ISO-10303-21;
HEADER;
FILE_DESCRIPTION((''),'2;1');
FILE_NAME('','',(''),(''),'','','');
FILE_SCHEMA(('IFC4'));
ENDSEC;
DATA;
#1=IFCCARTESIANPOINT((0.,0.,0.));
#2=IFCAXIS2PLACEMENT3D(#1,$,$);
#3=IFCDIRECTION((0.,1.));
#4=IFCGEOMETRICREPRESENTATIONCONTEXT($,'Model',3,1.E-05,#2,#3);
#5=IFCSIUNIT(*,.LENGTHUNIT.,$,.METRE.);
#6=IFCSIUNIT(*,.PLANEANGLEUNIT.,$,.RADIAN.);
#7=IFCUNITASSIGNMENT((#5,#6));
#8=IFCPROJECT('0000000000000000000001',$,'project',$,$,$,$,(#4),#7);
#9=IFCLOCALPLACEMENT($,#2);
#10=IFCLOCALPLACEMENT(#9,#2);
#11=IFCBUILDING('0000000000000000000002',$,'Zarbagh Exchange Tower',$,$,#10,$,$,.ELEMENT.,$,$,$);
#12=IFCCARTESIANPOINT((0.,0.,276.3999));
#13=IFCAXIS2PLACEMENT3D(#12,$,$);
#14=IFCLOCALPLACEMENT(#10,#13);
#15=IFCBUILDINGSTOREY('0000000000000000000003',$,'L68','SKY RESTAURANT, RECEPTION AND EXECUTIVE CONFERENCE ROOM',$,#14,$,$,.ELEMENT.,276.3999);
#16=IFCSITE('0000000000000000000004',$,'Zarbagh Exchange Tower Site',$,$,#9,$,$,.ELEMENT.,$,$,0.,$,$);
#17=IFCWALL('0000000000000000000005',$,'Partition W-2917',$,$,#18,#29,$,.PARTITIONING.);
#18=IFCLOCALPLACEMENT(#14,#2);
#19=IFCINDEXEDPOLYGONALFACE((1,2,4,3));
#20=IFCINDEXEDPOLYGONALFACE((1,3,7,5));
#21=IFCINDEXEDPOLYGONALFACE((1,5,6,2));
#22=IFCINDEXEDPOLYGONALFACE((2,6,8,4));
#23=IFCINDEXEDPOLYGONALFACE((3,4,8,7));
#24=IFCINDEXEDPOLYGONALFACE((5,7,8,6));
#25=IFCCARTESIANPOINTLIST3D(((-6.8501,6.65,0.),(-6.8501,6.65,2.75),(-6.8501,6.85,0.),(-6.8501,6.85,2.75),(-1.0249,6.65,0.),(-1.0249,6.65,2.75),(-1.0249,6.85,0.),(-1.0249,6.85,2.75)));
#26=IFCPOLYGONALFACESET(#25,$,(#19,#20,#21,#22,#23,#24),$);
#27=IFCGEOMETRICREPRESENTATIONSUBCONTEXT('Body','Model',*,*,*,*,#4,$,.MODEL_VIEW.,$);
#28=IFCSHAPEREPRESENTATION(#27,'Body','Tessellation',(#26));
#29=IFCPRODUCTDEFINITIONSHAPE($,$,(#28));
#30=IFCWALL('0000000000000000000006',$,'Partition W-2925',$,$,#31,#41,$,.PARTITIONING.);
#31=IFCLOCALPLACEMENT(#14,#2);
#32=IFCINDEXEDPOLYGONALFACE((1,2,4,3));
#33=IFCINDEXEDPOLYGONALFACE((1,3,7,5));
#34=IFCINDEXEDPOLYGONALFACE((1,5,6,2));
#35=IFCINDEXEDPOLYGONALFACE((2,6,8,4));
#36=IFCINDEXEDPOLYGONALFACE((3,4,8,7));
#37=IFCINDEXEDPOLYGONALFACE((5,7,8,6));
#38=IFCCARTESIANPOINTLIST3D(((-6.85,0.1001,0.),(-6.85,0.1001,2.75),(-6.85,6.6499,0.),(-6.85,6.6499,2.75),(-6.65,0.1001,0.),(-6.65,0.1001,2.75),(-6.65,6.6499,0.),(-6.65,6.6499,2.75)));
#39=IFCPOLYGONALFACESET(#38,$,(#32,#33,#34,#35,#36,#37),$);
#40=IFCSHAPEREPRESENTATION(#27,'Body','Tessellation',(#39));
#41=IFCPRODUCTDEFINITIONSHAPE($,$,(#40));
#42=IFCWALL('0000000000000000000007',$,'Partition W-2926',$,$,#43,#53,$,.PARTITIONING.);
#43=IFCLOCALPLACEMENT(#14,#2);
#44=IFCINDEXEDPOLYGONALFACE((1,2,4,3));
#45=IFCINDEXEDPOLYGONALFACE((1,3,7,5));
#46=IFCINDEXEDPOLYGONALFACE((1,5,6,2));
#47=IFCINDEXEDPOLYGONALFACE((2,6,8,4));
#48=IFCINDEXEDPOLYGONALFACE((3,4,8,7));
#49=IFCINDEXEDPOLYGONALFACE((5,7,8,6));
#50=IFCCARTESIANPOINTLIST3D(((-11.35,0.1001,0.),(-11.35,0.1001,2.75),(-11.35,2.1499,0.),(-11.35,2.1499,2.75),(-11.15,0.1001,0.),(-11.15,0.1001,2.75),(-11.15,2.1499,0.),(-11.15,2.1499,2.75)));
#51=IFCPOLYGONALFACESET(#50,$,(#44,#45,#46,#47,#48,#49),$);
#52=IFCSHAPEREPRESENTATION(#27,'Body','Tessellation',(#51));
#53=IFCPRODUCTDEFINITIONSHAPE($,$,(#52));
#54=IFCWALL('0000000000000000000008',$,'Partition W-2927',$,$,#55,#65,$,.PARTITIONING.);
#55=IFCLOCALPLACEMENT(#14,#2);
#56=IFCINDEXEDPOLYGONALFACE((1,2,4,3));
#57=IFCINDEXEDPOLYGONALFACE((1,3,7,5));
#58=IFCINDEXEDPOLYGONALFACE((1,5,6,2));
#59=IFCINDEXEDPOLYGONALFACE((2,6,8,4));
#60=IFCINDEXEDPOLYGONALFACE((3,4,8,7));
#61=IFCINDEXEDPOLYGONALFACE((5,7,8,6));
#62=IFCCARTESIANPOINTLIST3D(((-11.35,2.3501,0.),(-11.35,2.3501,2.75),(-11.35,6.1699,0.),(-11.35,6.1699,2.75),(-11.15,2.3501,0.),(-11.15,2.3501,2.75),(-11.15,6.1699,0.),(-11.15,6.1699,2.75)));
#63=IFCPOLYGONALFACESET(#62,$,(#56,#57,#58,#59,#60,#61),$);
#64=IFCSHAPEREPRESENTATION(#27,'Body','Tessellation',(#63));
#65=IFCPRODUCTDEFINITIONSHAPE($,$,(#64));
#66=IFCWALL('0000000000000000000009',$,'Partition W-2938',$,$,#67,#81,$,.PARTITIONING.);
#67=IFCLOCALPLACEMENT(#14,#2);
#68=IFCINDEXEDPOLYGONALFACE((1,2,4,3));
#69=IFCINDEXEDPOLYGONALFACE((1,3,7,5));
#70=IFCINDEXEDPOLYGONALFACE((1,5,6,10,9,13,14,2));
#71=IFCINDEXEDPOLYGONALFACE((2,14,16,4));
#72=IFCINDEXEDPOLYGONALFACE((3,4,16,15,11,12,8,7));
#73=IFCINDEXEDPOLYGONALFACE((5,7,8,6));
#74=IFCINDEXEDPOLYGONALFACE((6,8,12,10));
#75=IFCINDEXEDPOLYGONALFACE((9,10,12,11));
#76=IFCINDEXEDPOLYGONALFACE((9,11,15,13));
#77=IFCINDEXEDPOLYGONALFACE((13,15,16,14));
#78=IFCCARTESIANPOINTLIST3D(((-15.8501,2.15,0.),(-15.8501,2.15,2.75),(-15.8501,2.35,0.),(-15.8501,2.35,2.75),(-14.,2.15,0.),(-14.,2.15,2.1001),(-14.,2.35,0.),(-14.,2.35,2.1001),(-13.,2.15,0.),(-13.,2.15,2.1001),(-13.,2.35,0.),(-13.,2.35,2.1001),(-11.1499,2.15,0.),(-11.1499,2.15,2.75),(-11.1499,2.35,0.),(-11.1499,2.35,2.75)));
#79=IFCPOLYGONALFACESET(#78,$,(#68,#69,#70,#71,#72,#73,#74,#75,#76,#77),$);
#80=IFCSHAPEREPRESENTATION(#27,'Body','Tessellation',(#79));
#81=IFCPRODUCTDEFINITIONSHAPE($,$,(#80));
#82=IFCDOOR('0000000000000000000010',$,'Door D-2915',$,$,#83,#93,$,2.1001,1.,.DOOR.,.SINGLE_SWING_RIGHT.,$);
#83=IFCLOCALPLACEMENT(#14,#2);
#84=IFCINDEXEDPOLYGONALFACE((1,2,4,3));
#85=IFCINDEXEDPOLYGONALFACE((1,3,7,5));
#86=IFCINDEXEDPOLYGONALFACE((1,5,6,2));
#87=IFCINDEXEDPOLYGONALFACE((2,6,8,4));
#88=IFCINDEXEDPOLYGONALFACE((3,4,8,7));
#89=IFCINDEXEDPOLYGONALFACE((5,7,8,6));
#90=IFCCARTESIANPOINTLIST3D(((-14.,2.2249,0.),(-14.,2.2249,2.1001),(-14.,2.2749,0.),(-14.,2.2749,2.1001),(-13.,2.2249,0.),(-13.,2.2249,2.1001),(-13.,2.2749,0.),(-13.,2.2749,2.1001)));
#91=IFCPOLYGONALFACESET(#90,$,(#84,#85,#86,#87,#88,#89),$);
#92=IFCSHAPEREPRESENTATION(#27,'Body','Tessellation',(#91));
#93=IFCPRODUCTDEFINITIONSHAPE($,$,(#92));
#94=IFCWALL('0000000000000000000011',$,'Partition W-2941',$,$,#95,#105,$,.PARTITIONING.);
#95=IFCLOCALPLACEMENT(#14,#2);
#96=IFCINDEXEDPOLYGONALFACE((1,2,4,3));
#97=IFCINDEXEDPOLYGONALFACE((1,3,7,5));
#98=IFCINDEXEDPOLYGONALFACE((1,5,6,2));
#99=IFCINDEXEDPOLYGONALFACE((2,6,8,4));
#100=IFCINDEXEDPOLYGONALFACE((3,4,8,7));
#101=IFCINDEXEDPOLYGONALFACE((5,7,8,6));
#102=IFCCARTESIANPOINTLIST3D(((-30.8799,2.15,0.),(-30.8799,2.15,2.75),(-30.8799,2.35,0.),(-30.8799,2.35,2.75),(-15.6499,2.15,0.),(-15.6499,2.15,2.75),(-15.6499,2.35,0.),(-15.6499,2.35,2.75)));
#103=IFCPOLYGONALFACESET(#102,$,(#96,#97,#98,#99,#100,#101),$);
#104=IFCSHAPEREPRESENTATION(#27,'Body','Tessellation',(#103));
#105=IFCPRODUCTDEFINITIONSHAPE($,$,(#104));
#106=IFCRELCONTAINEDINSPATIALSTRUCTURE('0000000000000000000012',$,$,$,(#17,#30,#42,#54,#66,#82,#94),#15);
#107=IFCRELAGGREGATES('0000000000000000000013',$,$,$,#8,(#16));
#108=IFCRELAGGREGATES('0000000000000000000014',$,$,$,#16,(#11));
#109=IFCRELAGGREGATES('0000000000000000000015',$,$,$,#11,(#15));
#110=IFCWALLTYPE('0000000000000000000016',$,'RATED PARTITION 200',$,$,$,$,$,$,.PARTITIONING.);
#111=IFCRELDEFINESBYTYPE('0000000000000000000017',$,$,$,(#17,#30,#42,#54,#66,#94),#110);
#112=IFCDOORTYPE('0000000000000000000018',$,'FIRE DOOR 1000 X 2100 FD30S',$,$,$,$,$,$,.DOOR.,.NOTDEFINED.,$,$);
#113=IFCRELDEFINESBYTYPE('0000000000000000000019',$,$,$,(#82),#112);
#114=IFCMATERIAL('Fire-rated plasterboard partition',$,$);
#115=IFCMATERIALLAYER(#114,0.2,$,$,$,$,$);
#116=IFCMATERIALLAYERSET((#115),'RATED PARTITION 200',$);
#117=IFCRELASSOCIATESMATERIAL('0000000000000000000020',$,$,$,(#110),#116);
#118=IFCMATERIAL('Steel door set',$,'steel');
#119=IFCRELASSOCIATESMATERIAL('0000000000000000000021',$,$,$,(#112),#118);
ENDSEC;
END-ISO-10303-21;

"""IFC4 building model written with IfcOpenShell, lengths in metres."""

from ifc_helpers import new_model, si_unit, direction, frame, frame_2d, origin, place, context, subcontext, project, spatial, rectangle, extrude, material, layer, layer_set, type_object, element, fill, save


model = new_model("IFC4")

# Units and contexts
model_context = context("Model", 3, precision=1e-05, world=origin(), true_north=direction((0.0, 1.0)))
body_context = subcontext(model_context, "Body", "Model", "MODEL_VIEW")
ifc_project = project(units=[si_unit("LENGTHUNIT", "METRE"), si_unit("PLANEANGLEUNIT", "RADIAN")], contexts=[model_context])

# Site, building, storey
site_placement = place(None, origin())
site = spatial("IfcSite", under=ifc_project, at=site_placement, Name="Zarbagh Exchange Tower Site", CompositionType="ELEMENT", RefElevation=0.0)
building_placement = place(site_placement, origin())
building = spatial("IfcBuilding", under=site, at=building_placement, Name="Zarbagh Exchange Tower", CompositionType="ELEMENT")
storey_placement = place(building_placement, frame((0.0, 0.0, 276.3999)))
storey = spatial("IfcBuildingStorey", under=building, at=storey_placement, Name="L68", Description="SKY RESTAURANT, RECEPTION AND EXECUTIVE CONFERENCE ROOM", CompositionType="ELEMENT", Elevation=276.3999)

# Walls
ifc_material_1 = material(Name="Fire-rated plasterboard partition")
ifc_layer = layer(ifc_material_1, 0.2)
ifc_layer_set = layer_set([ifc_layer], Name="RATED PARTITION 200")
wall_type = type_object("IfcWallType", Name="RATED PARTITION 200", PredefinedType="PARTITIONING", material=ifc_layer_set)
wall_1_placement = place(storey_placement, frame((-6.8501, 6.75, 0.0), z_axis=(0.0, 0.0, 1.0), x_axis=(1.0, 0.0, 0.0)))
element("IfcWall", 1, at=wall_1_placement, inside=storey, type_object=wall_type, Name="Partition W-2917", PredefinedType="PARTITIONING", context=body_context, shape_type="SweptSolid", body=[
    extrude(rectangle(XDim=5.8252, YDim=0.2, at=frame_2d((2.9126, 0.0))), origin(), (0.0, 0.0, 1.0), 2.75),
])
wall_2_placement = place(storey_placement, frame((-6.75, 0.1001, 0.0), z_axis=(0.0, 0.0, 1.0), x_axis=(0.0, 1.0, 0.0)))
element("IfcWall", 2, at=wall_2_placement, inside=storey, type_object=wall_type, Name="Partition W-2925", PredefinedType="PARTITIONING", context=body_context, shape_type="SweptSolid", body=[
    extrude(rectangle(XDim=6.5498, YDim=0.2, at=frame_2d((3.2749, 0.0))), origin(), (0.0, 0.0, 1.0), 2.75),
])
wall_3_placement = place(storey_placement, frame((-11.25, 0.1001, 0.0), z_axis=(0.0, 0.0, 1.0), x_axis=(0.0, 1.0, 0.0)))
element("IfcWall", 3, at=wall_3_placement, inside=storey, type_object=wall_type, Name="Partition W-2926", PredefinedType="PARTITIONING", context=body_context, shape_type="SweptSolid", body=[
    extrude(rectangle(XDim=2.0498, YDim=0.2, at=frame_2d((1.0249, 0.0))), origin(), (0.0, 0.0, 1.0), 2.75),
])
wall_4_placement = place(storey_placement, frame((-11.25, 2.3501, 0.0), z_axis=(0.0, 0.0, 1.0), x_axis=(0.0, 1.0, 0.0)))
element("IfcWall", 4, at=wall_4_placement, inside=storey, type_object=wall_type, Name="Partition W-2927", PredefinedType="PARTITIONING", context=body_context, shape_type="SweptSolid", body=[
    extrude(rectangle(XDim=3.8198, YDim=0.2, at=frame_2d((1.9099, 0.0))), origin(), (0.0, 0.0, 1.0), 2.75),
])

# Wall, opening, door
wall_5_placement = place(storey_placement, frame((-15.8501, 2.25, 0.0), z_axis=(0.0, 0.0, 1.0), x_axis=(1.0, 0.0, 0.0)))
wall_5 = element("IfcWall", 5, at=wall_5_placement, inside=storey, type_object=wall_type, Name="Partition W-2938", PredefinedType="PARTITIONING", context=body_context, shape_type="SweptSolid", body=[
    extrude(rectangle(XDim=4.7002, YDim=0.2, at=frame_2d((2.3501, 0.0))), origin(), (0.0, 0.0, 1.0), 2.75),
])
opening_placement = place(wall_5_placement, frame((1.8501, 0.0, 0.0)))
opening = element("IfcOpeningElement", 6, at=opening_placement, cuts=wall_5, PredefinedType="OPENING", context=body_context, shape_type="SweptSolid", body=[
    extrude(rectangle(XDim=1.0, YDim=2.1001, at=frame_2d((0.5, 1.05))), frame((0.0, 0.1099, 0.0), z_axis=(0.0, -1.0, 0.0), x_axis=(1.0, 0.0, 0.0)), (0.0, 0.0, 1.0), 0.22),
])
ifc_material_2 = material(Name="Steel door set", Category="steel")
door_type = type_object("IfcDoorType", Name="FIRE DOOR 1000 X 2100 FD30S", OperationType="NOTDEFINED", PredefinedType="DOOR", material=ifc_material_2)
door_placement = place(opening_placement, origin())
door = element("IfcDoor", 7, at=door_placement, inside=storey, type_object=door_type, Name="Door D-2915", OperationType="SINGLE_SWING_RIGHT", OverallHeight=2.1001, OverallWidth=1.0, PredefinedType="DOOR", context=body_context, shape_type="SweptSolid", body=[
    extrude(rectangle(XDim=1.0, YDim=2.1001, at=frame_2d((0.5, 1.05))), frame((0.0, 0.0249, 0.0), z_axis=(0.0, -1.0, 0.0), x_axis=(1.0, 0.0, 0.0)), (0.0, 0.0, 1.0), 0.05),
])
fill(opening, door)

# Wall
wall_6_placement = place(storey_placement, frame((-30.8799, 2.25, 0.0), z_axis=(0.0, 0.0, 1.0), x_axis=(1.0, 0.0, 0.0)))
element("IfcWall", 8, at=wall_6_placement, inside=storey, type_object=wall_type, Name="Partition W-2941", PredefinedType="PARTITIONING", context=body_context, shape_type="SweptSolid", body=[
    extrude(rectangle(XDim=15.23, YDim=0.2, at=frame_2d((7.615, 0.0))), origin(), (0.0, 0.0, 1.0), 2.75),
])

save(model, "model.ifc")
